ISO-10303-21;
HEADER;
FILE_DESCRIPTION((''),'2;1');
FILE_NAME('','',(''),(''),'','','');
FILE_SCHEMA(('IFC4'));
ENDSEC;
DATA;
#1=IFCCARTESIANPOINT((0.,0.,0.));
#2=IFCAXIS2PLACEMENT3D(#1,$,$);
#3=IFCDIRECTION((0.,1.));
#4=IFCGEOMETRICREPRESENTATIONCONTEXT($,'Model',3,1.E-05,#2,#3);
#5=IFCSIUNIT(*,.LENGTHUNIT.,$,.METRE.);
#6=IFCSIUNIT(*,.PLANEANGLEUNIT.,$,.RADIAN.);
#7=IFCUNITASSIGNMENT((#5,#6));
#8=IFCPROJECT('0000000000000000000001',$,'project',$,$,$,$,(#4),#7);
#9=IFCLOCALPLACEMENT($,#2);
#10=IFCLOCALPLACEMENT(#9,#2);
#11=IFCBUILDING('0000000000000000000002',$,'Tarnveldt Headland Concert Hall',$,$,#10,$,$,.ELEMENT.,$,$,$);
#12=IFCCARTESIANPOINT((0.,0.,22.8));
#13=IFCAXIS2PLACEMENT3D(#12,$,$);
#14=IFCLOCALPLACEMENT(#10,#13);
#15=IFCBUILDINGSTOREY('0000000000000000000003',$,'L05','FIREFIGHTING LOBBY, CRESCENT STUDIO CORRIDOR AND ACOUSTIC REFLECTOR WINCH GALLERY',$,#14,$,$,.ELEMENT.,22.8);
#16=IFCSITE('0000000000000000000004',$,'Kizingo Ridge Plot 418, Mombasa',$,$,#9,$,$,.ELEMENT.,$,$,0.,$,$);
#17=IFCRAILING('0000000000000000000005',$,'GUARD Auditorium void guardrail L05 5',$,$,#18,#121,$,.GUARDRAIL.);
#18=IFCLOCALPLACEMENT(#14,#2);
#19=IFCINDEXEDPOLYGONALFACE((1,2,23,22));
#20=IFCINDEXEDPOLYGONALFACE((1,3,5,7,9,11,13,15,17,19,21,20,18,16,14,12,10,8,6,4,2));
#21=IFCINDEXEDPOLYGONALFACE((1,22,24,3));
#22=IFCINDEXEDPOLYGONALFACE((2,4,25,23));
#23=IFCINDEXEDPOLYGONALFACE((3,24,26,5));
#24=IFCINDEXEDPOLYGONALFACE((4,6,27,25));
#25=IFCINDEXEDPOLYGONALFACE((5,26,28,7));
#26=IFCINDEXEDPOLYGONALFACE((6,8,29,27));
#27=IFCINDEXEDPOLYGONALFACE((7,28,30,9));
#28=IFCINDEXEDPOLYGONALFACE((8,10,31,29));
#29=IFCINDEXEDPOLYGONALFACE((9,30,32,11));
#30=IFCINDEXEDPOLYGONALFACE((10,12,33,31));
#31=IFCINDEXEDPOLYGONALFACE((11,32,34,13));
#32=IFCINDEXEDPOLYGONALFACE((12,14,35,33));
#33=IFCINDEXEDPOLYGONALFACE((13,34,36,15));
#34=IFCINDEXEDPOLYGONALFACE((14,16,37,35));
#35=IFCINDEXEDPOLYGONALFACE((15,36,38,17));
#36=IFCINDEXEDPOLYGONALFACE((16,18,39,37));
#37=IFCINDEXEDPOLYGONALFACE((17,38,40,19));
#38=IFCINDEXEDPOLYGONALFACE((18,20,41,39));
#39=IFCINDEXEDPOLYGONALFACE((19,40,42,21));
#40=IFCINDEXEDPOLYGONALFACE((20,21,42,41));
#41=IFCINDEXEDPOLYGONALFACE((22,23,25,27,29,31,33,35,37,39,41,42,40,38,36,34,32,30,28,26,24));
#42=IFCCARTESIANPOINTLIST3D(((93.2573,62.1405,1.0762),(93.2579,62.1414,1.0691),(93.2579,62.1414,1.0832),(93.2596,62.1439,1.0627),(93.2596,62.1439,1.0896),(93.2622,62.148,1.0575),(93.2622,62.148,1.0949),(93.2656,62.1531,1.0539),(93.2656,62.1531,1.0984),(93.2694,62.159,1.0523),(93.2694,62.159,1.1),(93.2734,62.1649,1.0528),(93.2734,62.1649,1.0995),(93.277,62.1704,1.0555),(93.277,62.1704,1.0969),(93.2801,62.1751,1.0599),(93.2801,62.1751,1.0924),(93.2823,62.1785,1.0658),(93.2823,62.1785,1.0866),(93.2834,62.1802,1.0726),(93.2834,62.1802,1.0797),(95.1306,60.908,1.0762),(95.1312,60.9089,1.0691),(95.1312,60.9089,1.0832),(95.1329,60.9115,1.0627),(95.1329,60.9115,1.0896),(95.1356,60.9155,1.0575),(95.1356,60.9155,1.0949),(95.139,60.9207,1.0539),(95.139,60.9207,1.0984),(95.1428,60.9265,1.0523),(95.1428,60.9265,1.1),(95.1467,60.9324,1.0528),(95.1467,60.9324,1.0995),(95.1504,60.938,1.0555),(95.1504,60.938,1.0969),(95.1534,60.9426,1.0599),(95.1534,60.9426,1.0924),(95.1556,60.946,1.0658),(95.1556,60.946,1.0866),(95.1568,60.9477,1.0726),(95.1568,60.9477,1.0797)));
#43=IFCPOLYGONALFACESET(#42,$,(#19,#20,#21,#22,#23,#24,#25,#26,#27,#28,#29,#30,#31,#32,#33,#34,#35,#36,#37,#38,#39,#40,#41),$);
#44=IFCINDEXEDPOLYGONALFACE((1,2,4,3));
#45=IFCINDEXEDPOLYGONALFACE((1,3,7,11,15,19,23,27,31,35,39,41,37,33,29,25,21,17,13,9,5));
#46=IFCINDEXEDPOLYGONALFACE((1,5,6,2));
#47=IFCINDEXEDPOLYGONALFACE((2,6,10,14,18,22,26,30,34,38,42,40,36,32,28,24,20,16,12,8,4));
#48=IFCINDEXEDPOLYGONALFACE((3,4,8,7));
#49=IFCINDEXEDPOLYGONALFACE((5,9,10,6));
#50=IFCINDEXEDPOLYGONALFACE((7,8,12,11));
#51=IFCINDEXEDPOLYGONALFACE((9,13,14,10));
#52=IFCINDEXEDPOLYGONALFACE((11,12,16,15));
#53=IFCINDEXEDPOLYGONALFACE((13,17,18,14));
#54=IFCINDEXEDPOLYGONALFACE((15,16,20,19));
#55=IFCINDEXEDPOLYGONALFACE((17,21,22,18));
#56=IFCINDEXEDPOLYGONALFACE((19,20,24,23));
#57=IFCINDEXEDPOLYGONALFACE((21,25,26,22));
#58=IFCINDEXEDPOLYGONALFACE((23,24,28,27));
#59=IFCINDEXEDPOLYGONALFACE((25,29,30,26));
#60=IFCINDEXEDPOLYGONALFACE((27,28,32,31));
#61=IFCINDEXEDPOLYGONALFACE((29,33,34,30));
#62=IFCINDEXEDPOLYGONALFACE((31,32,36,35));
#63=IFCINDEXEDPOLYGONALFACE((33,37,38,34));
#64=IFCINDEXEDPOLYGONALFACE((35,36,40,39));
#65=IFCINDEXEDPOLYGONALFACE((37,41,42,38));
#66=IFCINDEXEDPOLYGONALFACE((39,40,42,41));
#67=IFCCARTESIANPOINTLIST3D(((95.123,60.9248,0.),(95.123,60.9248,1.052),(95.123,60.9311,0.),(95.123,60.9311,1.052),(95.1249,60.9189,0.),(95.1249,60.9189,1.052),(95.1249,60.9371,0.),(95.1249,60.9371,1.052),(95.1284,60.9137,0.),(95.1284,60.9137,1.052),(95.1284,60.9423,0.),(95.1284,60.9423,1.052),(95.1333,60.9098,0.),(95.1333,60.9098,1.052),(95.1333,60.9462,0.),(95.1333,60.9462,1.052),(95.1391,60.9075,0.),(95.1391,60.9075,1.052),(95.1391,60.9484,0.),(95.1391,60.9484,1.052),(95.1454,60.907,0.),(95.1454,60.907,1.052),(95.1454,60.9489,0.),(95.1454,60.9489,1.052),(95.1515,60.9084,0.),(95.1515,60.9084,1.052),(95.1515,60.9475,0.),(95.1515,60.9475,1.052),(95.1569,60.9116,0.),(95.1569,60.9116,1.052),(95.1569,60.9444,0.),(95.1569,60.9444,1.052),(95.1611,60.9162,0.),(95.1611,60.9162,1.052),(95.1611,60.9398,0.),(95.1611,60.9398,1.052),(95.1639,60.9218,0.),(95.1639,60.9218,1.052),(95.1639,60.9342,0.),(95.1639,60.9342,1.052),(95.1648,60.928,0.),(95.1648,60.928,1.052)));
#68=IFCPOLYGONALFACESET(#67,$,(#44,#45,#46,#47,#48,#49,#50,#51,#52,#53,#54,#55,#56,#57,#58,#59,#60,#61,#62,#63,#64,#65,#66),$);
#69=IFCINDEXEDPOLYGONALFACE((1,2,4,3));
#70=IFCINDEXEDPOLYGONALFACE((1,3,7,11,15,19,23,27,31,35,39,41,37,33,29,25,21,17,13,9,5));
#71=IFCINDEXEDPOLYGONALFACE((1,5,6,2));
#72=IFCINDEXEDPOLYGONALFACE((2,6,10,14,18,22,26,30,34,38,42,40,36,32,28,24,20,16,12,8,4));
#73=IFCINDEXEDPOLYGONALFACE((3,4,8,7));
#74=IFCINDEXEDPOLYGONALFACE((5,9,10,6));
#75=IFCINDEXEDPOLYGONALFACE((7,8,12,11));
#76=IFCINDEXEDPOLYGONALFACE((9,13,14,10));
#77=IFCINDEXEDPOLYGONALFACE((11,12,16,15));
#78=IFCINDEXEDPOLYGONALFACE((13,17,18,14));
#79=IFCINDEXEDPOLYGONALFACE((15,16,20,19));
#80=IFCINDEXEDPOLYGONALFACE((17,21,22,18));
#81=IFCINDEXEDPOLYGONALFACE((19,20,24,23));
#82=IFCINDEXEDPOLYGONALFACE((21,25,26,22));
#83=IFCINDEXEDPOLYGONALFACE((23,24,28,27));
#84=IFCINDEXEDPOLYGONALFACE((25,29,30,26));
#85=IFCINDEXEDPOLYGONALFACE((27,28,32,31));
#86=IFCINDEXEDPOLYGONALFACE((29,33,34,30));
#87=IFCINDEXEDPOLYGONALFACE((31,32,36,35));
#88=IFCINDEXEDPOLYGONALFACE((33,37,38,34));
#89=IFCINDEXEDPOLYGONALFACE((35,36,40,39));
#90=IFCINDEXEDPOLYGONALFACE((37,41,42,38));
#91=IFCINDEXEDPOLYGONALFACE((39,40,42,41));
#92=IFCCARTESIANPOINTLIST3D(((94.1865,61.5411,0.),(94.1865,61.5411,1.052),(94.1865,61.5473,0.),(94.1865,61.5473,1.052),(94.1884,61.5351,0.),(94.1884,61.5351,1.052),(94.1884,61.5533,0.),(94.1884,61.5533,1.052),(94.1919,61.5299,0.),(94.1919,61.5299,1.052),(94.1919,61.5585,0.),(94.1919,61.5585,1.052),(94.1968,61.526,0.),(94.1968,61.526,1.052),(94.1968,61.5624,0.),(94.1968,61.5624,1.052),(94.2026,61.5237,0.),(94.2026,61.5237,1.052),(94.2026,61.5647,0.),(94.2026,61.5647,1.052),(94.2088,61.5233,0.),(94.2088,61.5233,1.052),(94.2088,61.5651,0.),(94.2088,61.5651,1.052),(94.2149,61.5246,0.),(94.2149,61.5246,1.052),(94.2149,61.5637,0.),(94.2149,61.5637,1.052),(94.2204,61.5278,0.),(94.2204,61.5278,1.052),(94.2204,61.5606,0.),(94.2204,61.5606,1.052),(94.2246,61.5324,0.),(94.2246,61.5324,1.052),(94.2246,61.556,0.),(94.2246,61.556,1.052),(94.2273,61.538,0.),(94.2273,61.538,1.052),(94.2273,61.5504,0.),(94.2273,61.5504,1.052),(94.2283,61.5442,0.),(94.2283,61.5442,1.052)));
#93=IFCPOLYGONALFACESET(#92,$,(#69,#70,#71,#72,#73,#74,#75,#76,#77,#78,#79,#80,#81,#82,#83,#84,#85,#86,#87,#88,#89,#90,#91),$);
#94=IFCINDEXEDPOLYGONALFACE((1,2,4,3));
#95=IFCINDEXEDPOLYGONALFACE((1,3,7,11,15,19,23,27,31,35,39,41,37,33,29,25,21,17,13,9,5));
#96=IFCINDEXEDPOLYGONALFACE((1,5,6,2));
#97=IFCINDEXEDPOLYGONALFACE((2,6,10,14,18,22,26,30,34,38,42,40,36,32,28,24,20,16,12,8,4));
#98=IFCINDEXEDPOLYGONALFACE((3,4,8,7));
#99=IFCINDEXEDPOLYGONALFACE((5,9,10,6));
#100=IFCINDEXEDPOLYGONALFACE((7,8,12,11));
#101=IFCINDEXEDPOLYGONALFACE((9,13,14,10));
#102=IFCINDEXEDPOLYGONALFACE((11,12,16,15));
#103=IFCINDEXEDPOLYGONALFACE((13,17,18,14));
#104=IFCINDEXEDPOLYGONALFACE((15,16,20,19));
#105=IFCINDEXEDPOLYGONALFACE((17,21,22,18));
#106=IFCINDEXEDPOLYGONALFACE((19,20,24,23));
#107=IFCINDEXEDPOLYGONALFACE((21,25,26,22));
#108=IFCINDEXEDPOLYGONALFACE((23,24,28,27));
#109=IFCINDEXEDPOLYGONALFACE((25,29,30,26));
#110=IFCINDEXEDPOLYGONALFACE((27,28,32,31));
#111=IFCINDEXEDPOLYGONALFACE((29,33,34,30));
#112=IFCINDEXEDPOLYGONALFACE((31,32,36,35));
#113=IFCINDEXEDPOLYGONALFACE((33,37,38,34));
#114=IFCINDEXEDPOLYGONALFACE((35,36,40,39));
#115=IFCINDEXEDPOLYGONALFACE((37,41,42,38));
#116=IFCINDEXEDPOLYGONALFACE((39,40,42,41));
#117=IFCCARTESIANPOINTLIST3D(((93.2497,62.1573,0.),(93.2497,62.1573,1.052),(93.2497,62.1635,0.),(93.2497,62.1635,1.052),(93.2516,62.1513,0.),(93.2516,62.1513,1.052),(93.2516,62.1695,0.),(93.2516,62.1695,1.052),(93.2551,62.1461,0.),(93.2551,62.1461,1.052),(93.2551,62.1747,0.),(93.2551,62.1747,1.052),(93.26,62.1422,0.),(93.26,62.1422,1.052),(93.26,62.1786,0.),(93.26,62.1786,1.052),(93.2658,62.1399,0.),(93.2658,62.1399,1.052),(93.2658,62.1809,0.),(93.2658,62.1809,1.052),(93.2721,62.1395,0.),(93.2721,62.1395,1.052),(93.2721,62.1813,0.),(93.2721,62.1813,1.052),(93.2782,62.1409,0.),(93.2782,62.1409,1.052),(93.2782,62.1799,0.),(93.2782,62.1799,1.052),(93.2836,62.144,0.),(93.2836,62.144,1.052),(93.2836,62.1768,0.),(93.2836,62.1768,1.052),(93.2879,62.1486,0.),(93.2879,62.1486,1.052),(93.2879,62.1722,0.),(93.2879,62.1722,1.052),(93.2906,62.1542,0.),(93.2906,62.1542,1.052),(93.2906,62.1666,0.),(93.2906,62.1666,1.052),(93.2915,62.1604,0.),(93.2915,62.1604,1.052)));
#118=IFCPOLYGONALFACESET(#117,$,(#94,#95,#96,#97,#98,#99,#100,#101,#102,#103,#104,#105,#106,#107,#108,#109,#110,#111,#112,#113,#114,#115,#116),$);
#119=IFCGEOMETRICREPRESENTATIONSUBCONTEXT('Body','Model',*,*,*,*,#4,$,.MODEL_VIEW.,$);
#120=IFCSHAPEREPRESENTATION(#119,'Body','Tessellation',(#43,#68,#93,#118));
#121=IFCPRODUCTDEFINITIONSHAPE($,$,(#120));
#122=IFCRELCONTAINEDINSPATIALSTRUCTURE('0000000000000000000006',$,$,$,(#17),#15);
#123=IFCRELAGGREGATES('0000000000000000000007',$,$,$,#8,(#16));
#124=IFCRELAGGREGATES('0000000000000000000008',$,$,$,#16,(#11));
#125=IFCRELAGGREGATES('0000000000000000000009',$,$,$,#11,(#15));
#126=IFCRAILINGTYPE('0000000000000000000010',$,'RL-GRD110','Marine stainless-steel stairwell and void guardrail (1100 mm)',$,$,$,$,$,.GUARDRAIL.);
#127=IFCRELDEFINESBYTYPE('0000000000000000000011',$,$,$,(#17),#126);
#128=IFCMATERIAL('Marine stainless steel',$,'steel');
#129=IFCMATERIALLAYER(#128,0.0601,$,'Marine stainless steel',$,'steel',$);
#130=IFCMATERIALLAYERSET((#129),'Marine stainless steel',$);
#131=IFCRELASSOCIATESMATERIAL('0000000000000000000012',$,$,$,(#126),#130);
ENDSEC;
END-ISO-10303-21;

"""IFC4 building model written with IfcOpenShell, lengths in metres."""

from ifc_helpers import new_model, si_unit, direction, frame, origin, origin_2d, place, context, subcontext, project, spatial, circle, extrude, material, layer, layer_set, type_object, element, save


model = new_model("IFC4")

# Units and contexts
model_context = context("Model", 3, precision=1e-05, world=origin(), true_north=direction((0.0, 1.0)))
body_context = subcontext(model_context, "Body", "Model", "MODEL_VIEW")
ifc_project = project(units=[si_unit("LENGTHUNIT", "METRE"), si_unit("PLANEANGLEUNIT", "RADIAN")], contexts=[model_context])

# Site, building, storey
site_placement = place(None, origin())
site = spatial("IfcSite", under=ifc_project, at=site_placement, Name="Kizingo Ridge Plot 418, Mombasa", CompositionType="ELEMENT", RefElevation=0.0)
building_placement = place(site_placement, origin())
building = spatial("IfcBuilding", under=site, at=building_placement, Name="Tarnveldt Headland Concert Hall", CompositionType="ELEMENT")
storey_placement = place(building_placement, frame((0.0, 0.0, 22.8)))
storey = spatial("IfcBuildingStorey", under=building, at=storey_placement, Name="L05", Description="FIREFIGHTING LOBBY, CRESCENT STUDIO CORRIDOR AND ACOUSTIC REFLECTOR WINCH GALLERY", CompositionType="ELEMENT", Elevation=22.8)

# Railing
ifc_material_1 = material(Name="Marine stainless steel", Category="steel")
ifc_layer_1 = layer(ifc_material_1, 0.0601, Name="Marine stainless steel", Category="steel")
ifc_layer_set_1 = layer_set([ifc_layer_1], Name="Marine stainless steel")
railing_type = type_object("IfcRailingType", Name="RL-GRD110", Description="Marine stainless-steel stairwell and void guardrail (1100 mm)", PredefinedType="GUARDRAIL", material=ifc_layer_set_1)
railing_1_placement = place(storey_placement, frame((95.1438, 60.928, 0.0)))
element("IfcRailing", 1, at=railing_1_placement, inside=storey, type_object=railing_type, Name="GUARD Auditorium void guardrail L05 5", PredefinedType="GUARDRAIL", context=body_context, shape_type="SweptSolid", body=[
    extrude(circle(Radius=0.0239, at=origin_2d()), frame((0.0, 0.0, 1.0762), z_axis=(-0.835418, 0.549615, 0.0), x_axis=(-0.549615, -0.835418, 0.0)), (0.0, 0.0, 1.0), 2.2424),
    extrude(circle(Radius=0.021, at=origin_2d()), origin(), (0.0, 0.0, 1.0), 1.052),
    extrude(circle(Radius=0.021, at=origin_2d()), frame((-0.9365, 0.6162, 0.0)), (0.0, 0.0, 1.0), 1.052),
    extrude(circle(Radius=0.021, at=origin_2d()), frame((-1.8733, 1.2324, 0.0)), (0.0, 0.0, 1.0), 1.052),
])

save(model, "model.ifc")
